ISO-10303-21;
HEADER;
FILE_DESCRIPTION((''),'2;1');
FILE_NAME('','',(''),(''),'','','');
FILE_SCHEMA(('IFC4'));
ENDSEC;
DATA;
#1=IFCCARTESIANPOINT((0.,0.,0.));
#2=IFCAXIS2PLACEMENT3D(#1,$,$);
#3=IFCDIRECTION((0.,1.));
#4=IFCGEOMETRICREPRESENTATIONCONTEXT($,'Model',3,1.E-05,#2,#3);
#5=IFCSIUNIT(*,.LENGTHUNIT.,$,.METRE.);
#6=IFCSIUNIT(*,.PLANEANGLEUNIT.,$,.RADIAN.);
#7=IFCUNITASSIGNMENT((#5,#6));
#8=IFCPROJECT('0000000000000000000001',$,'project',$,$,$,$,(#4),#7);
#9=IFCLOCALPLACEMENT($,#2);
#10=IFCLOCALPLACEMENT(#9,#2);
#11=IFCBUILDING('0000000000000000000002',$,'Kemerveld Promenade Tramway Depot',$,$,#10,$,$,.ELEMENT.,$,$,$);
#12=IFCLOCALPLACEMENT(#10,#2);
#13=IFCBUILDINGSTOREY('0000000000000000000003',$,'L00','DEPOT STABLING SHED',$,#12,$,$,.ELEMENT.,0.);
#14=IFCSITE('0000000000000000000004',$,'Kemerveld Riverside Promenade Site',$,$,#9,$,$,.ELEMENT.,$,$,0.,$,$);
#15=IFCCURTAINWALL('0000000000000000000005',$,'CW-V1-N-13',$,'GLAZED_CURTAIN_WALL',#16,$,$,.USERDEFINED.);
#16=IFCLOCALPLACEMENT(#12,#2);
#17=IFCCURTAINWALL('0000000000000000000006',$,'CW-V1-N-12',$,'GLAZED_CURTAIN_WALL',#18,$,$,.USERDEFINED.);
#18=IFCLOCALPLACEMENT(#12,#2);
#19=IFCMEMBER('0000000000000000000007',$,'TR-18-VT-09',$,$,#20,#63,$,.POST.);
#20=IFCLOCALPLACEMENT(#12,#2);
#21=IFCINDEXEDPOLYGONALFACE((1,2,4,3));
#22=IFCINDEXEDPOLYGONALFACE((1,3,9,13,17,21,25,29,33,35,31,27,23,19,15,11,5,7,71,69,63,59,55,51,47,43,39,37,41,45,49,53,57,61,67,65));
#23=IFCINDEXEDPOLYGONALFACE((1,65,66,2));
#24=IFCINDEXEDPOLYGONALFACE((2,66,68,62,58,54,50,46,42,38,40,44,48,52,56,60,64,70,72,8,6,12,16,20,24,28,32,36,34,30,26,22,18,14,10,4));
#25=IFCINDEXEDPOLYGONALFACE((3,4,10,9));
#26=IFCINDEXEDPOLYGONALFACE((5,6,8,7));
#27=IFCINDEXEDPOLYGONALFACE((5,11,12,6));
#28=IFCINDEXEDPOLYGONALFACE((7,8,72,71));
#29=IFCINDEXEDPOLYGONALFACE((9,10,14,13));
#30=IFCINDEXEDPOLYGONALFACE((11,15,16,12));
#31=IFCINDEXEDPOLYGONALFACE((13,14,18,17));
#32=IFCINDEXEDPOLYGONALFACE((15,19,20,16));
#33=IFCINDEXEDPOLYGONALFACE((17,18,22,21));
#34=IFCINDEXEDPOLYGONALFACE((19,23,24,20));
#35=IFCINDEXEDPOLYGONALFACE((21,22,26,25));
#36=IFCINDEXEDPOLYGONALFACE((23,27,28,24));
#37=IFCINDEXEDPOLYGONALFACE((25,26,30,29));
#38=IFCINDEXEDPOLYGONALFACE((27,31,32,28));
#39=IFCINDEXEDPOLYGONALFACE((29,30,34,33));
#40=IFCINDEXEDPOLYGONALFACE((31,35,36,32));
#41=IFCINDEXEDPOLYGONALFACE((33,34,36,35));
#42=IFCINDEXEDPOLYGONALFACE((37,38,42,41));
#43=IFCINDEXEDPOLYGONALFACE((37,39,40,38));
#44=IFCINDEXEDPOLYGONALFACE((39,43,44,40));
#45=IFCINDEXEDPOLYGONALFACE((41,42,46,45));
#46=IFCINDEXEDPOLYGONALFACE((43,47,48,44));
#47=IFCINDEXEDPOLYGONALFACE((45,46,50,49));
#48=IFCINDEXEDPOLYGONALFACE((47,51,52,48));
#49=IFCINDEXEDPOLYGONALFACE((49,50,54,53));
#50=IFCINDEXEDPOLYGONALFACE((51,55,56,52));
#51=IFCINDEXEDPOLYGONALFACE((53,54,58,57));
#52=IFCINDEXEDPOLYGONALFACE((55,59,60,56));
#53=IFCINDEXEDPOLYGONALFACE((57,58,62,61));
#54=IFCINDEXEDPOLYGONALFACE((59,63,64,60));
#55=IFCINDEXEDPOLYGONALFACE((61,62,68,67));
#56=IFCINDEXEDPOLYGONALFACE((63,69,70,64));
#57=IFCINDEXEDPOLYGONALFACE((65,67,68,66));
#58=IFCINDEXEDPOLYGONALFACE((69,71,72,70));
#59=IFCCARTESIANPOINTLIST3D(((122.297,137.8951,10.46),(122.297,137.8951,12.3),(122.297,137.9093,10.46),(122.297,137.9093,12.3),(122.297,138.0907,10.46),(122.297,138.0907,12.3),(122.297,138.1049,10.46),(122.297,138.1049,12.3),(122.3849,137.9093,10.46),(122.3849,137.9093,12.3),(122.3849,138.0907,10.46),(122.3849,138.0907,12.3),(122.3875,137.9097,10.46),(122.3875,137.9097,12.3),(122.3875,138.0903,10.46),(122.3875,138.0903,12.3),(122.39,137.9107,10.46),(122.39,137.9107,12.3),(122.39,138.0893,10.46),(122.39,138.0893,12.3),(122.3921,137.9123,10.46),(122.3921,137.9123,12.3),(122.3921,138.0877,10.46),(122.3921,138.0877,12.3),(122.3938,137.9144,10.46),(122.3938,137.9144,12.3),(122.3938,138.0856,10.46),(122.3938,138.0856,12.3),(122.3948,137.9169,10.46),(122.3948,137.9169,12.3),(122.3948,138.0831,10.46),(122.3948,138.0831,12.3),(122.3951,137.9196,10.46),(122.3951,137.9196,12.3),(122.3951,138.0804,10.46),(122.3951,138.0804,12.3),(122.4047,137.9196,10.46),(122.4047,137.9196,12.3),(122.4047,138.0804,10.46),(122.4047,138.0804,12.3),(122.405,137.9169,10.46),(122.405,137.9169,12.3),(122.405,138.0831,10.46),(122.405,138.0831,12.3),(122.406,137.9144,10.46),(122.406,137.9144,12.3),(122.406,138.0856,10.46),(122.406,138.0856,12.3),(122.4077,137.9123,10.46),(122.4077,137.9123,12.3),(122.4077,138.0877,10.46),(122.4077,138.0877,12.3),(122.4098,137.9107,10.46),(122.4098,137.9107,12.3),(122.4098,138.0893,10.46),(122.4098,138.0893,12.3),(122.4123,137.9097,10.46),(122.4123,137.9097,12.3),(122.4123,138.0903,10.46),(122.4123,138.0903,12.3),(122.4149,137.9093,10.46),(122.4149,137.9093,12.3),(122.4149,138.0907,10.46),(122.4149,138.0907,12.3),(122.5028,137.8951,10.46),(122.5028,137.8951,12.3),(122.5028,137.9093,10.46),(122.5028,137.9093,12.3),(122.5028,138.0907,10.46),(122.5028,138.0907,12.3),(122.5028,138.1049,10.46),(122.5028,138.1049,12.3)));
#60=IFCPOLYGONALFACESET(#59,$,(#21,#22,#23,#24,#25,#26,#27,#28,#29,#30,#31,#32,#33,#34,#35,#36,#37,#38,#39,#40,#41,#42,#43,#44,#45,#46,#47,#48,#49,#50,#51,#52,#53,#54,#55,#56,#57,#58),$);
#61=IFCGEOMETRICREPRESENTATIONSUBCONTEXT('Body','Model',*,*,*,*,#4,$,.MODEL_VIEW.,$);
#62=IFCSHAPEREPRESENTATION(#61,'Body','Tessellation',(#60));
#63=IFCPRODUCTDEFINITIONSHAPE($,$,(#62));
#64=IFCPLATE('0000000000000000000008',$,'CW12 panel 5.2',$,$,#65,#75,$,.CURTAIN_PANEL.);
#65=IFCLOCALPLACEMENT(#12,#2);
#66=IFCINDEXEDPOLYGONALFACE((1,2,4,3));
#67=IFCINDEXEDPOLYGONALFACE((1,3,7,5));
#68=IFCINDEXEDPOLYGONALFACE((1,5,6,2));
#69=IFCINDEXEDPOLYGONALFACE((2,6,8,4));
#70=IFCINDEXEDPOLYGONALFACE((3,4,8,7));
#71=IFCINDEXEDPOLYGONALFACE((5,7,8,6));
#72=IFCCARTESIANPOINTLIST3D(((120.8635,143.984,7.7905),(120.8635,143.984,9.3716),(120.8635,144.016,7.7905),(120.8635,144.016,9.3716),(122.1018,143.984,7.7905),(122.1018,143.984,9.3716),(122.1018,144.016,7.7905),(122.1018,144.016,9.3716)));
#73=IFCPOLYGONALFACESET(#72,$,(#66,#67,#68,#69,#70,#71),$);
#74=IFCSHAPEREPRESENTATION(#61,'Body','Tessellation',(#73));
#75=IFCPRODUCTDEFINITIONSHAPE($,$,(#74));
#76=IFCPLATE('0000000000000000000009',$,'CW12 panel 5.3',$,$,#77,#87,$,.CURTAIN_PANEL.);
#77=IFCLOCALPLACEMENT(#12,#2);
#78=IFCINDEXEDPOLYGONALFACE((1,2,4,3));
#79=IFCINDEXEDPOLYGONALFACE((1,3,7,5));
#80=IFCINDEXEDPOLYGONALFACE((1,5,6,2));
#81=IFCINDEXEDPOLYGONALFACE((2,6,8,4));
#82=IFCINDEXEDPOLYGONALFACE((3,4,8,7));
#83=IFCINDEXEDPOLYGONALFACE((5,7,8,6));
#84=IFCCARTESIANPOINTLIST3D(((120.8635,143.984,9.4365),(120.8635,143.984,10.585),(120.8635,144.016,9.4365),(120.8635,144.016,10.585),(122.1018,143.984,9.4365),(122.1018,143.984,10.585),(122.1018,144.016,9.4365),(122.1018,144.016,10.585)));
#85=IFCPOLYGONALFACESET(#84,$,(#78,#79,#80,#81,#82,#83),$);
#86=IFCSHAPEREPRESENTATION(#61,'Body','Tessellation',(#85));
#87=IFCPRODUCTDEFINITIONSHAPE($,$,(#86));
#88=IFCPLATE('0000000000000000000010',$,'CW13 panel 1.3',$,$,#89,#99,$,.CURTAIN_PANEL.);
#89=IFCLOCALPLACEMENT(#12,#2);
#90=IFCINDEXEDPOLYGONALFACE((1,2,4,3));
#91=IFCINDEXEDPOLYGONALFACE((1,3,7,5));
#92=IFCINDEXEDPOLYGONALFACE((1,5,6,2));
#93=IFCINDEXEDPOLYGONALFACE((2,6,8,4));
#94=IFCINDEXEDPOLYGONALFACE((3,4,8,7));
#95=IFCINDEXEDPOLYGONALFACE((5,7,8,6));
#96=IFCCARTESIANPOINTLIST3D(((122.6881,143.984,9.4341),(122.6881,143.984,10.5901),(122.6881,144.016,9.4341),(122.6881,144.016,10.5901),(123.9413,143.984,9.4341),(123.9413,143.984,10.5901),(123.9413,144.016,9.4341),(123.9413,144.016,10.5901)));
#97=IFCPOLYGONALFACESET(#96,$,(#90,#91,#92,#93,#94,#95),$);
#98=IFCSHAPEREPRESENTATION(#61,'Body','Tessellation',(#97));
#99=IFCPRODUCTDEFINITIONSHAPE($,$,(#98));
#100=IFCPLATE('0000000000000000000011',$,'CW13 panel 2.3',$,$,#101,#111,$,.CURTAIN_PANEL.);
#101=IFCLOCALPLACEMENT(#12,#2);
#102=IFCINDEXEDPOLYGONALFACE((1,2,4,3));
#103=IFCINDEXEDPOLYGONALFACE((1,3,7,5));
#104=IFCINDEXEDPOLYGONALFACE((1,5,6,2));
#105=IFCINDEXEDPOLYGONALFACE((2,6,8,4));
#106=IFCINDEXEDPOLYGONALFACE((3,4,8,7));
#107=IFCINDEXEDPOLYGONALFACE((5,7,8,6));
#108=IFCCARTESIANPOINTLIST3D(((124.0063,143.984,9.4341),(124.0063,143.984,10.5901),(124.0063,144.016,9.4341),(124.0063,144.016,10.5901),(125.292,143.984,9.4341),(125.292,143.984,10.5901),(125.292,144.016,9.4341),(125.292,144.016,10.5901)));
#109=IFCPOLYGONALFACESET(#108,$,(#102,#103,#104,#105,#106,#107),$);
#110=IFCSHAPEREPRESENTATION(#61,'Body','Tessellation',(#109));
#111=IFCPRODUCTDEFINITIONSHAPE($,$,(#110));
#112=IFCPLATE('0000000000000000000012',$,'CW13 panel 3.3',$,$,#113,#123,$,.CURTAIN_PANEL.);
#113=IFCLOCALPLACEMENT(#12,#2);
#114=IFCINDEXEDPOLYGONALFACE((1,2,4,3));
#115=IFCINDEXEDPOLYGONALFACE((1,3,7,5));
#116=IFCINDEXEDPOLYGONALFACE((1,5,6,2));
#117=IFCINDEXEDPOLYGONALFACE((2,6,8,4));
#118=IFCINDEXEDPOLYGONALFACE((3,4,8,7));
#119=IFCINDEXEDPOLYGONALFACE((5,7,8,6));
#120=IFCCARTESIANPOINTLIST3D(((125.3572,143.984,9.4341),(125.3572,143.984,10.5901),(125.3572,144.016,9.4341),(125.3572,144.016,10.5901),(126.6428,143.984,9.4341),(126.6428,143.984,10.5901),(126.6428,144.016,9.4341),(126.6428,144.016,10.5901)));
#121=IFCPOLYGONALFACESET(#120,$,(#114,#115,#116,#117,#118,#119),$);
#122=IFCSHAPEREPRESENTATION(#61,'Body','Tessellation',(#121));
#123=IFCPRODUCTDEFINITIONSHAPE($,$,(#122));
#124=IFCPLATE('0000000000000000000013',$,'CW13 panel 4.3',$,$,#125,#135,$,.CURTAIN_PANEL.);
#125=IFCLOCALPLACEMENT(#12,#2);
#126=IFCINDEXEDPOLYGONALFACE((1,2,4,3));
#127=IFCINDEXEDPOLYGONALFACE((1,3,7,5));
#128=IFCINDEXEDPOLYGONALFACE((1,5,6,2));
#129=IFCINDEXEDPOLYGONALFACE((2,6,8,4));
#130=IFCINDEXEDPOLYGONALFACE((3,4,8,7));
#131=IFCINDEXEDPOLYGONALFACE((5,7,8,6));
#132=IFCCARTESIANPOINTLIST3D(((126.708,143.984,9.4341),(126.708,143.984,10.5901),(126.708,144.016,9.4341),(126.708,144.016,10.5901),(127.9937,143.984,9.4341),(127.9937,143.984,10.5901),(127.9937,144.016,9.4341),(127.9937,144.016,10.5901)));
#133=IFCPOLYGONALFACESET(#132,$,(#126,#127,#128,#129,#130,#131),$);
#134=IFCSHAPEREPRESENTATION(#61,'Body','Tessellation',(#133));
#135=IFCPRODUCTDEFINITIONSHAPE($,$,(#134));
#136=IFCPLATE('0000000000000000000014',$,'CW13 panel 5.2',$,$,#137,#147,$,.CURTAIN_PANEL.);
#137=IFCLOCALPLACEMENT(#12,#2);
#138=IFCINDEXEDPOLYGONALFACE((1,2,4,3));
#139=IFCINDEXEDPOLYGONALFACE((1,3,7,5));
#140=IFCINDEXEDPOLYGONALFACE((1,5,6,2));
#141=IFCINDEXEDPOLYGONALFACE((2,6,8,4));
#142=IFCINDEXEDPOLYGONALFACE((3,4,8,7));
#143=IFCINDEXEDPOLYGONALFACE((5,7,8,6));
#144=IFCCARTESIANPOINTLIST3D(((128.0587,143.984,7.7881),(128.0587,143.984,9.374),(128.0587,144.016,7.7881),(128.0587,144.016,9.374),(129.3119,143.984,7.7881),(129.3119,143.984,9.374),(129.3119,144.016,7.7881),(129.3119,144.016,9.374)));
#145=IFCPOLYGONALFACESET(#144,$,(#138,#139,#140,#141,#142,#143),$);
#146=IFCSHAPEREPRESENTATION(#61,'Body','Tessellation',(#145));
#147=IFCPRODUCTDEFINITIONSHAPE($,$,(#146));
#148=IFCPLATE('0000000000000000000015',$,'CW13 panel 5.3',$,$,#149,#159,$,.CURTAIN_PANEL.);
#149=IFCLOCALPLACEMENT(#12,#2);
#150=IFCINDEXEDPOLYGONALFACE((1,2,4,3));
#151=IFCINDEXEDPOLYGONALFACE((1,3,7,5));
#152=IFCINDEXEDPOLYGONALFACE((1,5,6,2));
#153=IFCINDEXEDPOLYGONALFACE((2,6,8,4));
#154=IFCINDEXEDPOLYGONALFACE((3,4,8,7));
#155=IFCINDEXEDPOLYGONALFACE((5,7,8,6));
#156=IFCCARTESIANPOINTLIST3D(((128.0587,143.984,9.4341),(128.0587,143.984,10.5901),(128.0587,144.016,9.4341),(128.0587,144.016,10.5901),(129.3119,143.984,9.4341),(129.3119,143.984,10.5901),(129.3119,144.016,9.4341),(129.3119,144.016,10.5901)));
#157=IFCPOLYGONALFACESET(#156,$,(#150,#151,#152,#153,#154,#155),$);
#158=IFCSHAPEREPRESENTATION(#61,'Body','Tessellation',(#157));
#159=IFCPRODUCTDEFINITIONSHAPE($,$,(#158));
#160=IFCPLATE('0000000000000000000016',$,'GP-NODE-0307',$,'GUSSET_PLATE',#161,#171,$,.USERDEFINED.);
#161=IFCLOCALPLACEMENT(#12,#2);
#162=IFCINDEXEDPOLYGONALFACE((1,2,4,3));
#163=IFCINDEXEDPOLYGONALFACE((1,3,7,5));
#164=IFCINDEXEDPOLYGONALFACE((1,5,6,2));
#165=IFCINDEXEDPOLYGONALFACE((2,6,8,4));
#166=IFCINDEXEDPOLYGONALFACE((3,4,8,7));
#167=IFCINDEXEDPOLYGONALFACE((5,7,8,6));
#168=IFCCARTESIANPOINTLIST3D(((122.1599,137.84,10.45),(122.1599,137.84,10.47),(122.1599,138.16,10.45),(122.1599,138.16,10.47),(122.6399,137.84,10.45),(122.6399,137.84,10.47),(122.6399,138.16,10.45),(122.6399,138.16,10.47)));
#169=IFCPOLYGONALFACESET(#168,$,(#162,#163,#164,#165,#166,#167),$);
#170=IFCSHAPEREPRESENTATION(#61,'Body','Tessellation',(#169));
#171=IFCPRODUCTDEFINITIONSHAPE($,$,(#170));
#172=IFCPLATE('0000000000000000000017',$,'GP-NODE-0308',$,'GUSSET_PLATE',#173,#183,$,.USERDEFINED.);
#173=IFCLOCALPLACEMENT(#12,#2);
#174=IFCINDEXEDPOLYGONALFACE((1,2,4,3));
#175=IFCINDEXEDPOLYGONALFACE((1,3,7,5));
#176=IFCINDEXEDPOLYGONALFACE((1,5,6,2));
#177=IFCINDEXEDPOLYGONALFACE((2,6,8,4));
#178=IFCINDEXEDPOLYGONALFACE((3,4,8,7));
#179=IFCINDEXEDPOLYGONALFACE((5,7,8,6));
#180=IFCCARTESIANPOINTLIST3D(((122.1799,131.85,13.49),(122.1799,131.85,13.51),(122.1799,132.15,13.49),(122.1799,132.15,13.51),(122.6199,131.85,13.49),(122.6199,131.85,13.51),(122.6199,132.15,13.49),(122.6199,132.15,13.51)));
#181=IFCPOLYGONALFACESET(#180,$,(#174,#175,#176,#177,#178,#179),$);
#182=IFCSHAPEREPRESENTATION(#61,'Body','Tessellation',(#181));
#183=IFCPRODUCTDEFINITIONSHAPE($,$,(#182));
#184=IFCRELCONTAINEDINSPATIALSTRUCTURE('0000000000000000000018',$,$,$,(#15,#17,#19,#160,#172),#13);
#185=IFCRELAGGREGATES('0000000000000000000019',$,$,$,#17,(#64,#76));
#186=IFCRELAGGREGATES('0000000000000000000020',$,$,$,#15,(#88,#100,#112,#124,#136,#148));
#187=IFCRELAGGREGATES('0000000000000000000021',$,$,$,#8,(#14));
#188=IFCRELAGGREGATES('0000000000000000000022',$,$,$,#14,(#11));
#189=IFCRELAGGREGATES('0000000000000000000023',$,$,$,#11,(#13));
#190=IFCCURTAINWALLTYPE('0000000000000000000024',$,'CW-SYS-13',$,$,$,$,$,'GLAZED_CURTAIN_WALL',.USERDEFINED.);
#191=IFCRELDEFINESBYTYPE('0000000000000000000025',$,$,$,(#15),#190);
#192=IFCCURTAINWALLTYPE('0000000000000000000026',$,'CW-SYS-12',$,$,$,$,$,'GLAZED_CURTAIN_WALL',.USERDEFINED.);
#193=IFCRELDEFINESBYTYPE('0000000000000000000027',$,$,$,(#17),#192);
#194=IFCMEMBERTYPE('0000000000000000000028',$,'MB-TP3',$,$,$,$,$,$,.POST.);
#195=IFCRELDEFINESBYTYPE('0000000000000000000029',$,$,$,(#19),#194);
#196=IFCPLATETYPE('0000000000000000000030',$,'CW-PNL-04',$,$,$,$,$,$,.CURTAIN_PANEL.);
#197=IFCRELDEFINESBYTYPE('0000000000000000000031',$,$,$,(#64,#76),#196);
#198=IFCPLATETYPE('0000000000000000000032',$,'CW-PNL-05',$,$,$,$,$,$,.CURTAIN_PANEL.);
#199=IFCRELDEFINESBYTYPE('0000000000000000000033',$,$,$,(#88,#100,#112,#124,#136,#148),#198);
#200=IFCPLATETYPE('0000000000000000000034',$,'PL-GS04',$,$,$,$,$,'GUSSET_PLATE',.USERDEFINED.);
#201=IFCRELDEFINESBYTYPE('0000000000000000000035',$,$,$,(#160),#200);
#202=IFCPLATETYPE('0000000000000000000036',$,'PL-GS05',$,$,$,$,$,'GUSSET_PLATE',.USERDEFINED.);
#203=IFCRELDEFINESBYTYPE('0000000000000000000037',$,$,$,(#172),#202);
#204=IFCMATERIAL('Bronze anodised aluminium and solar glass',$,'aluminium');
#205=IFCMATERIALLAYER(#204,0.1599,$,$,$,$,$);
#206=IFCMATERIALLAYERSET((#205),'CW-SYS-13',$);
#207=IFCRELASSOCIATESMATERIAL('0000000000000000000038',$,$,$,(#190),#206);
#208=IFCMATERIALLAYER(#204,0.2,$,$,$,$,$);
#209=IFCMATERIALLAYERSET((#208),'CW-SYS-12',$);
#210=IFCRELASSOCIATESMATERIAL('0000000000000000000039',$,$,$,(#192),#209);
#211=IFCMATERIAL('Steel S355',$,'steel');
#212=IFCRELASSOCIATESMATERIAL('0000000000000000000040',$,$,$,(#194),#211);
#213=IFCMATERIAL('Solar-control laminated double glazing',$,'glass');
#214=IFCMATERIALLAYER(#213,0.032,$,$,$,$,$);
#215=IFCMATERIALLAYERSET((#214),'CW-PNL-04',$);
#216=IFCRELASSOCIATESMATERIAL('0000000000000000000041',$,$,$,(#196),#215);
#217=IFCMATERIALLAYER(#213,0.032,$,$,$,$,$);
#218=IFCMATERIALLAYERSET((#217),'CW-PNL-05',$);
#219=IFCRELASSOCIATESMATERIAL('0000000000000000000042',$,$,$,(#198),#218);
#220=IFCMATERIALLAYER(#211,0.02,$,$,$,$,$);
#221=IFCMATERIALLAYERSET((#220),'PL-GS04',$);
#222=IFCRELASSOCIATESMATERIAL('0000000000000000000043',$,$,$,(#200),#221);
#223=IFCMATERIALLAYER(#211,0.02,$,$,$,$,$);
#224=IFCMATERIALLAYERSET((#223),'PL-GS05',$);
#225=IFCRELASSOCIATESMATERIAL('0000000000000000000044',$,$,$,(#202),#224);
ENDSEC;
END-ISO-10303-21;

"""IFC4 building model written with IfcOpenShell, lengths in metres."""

from ifc_helpers import new_model, si_unit, direction, frame, origin, origin_2d, place, context, subcontext, project, spatial, rectangle, i_section, extrude, material, layer, layer_set, material_profile, profile_set, type_object, element, aggregate, save


model = new_model("IFC4")

# Units and contexts
model_context = context("Model", 3, precision=1e-05, world=origin(), true_north=direction((0.0, 1.0)))
body_context = subcontext(model_context, "Body", "Model", "MODEL_VIEW")
ifc_project = project(units=[si_unit("LENGTHUNIT", "METRE"), si_unit("PLANEANGLEUNIT", "RADIAN")], contexts=[model_context])

# Site, building, storey
site_placement = place(None, origin())
site = spatial("IfcSite", under=ifc_project, at=site_placement, Name="Kemerveld Riverside Promenade Site", CompositionType="ELEMENT", RefElevation=0.0)
building_placement = place(site_placement, origin())
building = spatial("IfcBuilding", under=site, at=building_placement, Name="Kemerveld Promenade Tramway Depot", CompositionType="ELEMENT")
storey_placement = place(building_placement, origin())
storey = spatial("IfcBuildingStorey", under=building, at=storey_placement, Name="L00", Description="DEPOT STABLING SHED", CompositionType="ELEMENT", Elevation=0.0)

# Shared definitions
ifc_material_1 = material(Name="Steel S355", Category="steel")

# Curtain wall
ifc_material_2 = material(Name="Bronze anodised aluminium and solar glass", Category="aluminium")
ifc_layer_1 = layer(ifc_material_2, 0.1599)
ifc_layer_set_1 = layer_set([ifc_layer_1], Name="CW-SYS-13")
curtain_wall_type_1 = type_object("IfcCurtainWallType", Name="CW-SYS-13", ElementType="GLAZED_CURTAIN_WALL", PredefinedType="USERDEFINED", material=ifc_layer_set_1)
curtain_wall_1_placement = place(storey_placement, origin())
curtain_wall_1 = element("IfcCurtainWall", 1, at=curtain_wall_1_placement, inside=storey, type_object=curtain_wall_type_1, Name="CW-V1-N-13", ObjectType="GLAZED_CURTAIN_WALL", PredefinedType="USERDEFINED")

# Curtain wall
ifc_layer_2 = layer(ifc_material_2, 0.2)
ifc_layer_set_2 = layer_set([ifc_layer_2], Name="CW-SYS-12")
curtain_wall_type_2 = type_object("IfcCurtainWallType", Name="CW-SYS-12", ElementType="GLAZED_CURTAIN_WALL", PredefinedType="USERDEFINED", material=ifc_layer_set_2)
curtain_wall_2_placement = place(storey_placement, origin())
curtain_wall_2 = element("IfcCurtainWall", 2, at=curtain_wall_2_placement, inside=storey, type_object=curtain_wall_type_2, Name="CW-V1-N-12", ObjectType="GLAZED_CURTAIN_WALL", PredefinedType="USERDEFINED")

# Member
ifc_material_profile_1 = material_profile(ifc_material_1, i_section(OverallWidth=0.2058, OverallDepth=0.2097, WebThickness=0.0095, FlangeThickness=0.0142, FilletRadius=0.0103, at=origin_2d()), Name="203x203x60 UC")
ifc_profile_set_1 = profile_set([ifc_material_profile_1], Name="Steel S355")
member_type_1 = type_object("IfcMemberType", Name="MB-TP3", PredefinedType="POST", material=ifc_profile_set_1)
member_1_placement = place(storey_placement, frame((122.3999, 138.0, 10.46), z_axis=(0.0, 0.0, 1.0), x_axis=(1.0, 0.0, 0.0)))
element("IfcMember", 3, at=member_1_placement, inside=storey, type_object=member_type_1, Name="TR-18-VT-09", PredefinedType="POST", context=body_context, shape_type="SweptSolid", body=[
    extrude(i_section(OverallWidth=0.2058, OverallDepth=0.2097, WebThickness=0.0095, FlangeThickness=0.0142, FilletRadius=0.0103, at=origin_2d()), origin(), (0.0, 0.0, 1.0), 1.8401),
])

# Plates
ifc_material_3 = material(Name="Solar-control laminated double glazing", Category="glass")
ifc_layer_3 = layer(ifc_material_3, 0.032)
ifc_layer_set_3 = layer_set([ifc_layer_3], Name="CW-PNL-04")
plate_type_1 = type_object("IfcPlateType", Name="CW-PNL-04", PredefinedType="CURTAIN_PANEL", material=ifc_layer_set_3)
plate_1_placement = place(storey_placement, frame((121.4827, 144.0, 7.7905), z_axis=(0.0, 0.0, 1.0), x_axis=(1.0, 0.0, 0.0)))
plate_1 = element("IfcPlate", 4, at=plate_1_placement, type_object=plate_type_1, Name="CW12 panel 5.2", PredefinedType="CURTAIN_PANEL", context=body_context, shape_type="SweptSolid", body=[
    extrude(rectangle(XDim=1.2383, YDim=0.032, at=origin_2d()), origin(), (0.0, 0.0, 1.0), 1.5811),
])
plate_2_placement = place(storey_placement, frame((121.4827, 144.0, 9.4365), z_axis=(0.0, 0.0, 1.0), x_axis=(1.0, 0.0, 0.0)))
plate_2 = element("IfcPlate", 5, at=plate_2_placement, type_object=plate_type_1, Name="CW12 panel 5.3", PredefinedType="CURTAIN_PANEL", context=body_context, shape_type="SweptSolid", body=[
    extrude(rectangle(XDim=1.2383, YDim=0.032, at=origin_2d()), origin(), (0.0, 0.0, 1.0), 1.1484),
])
aggregate(curtain_wall_2, [plate_1, plate_2])
ifc_layer_4 = layer(ifc_material_3, 0.032)
ifc_layer_set_4 = layer_set([ifc_layer_4], Name="CW-PNL-05")
plate_type_2 = type_object("IfcPlateType", Name="CW-PNL-05", PredefinedType="CURTAIN_PANEL", material=ifc_layer_set_4)
plate_3_placement = place(storey_placement, frame((123.3147, 144.0, 9.4341), z_axis=(0.0, 0.0, 1.0), x_axis=(1.0, 0.0, 0.0)))
plate_3 = element("IfcPlate", 6, at=plate_3_placement, type_object=plate_type_2, Name="CW13 panel 1.3", PredefinedType="CURTAIN_PANEL", context=body_context, shape_type="SweptSolid", body=[
    extrude(rectangle(XDim=1.2532, YDim=0.032, at=origin_2d()), origin(), (0.0, 0.0, 1.0), 1.156),
])
plate_4_placement = place(storey_placement, frame((124.6492, 144.0, 9.4341), z_axis=(0.0, 0.0, 1.0), x_axis=(1.0, 0.0, 0.0)))
plate_4 = element("IfcPlate", 7, at=plate_4_placement, type_object=plate_type_2, Name="CW13 panel 2.3", PredefinedType="CURTAIN_PANEL", context=body_context, shape_type="SweptSolid", body=[
    extrude(rectangle(XDim=1.2856, YDim=0.032, at=origin_2d()), origin(), (0.0, 0.0, 1.0), 1.156),
])
plate_5_placement = place(storey_placement, frame((126.0, 144.0, 9.4341), z_axis=(0.0, 0.0, 1.0), x_axis=(1.0, 0.0, 0.0)))
plate_5 = element("IfcPlate", 8, at=plate_5_placement, type_object=plate_type_2, Name="CW13 panel 3.3", PredefinedType="CURTAIN_PANEL", context=body_context, shape_type="SweptSolid", body=[
    extrude(rectangle(XDim=1.2856, YDim=0.032, at=origin_2d()), origin(), (0.0, 0.0, 1.0), 1.156),
])
plate_6_placement = place(storey_placement, frame((127.3508, 144.0, 9.4341), z_axis=(0.0, 0.0, 1.0), x_axis=(1.0, 0.0, 0.0)))
plate_6 = element("IfcPlate", 9, at=plate_6_placement, type_object=plate_type_2, Name="CW13 panel 4.3", PredefinedType="CURTAIN_PANEL", context=body_context, shape_type="SweptSolid", body=[
    extrude(rectangle(XDim=1.2856, YDim=0.032, at=origin_2d()), origin(), (0.0, 0.0, 1.0), 1.156),
])
plate_7_placement = place(storey_placement, frame((128.6853, 144.0, 7.7881), z_axis=(0.0, 0.0, 1.0), x_axis=(1.0, 0.0, 0.0)))
plate_7 = element("IfcPlate", 10, at=plate_7_placement, type_object=plate_type_2, Name="CW13 panel 5.2", PredefinedType="CURTAIN_PANEL", context=body_context, shape_type="SweptSolid", body=[
    extrude(rectangle(XDim=1.2532, YDim=0.032, at=origin_2d()), origin(), (0.0, 0.0, 1.0), 1.5859),
])
plate_8_placement = place(storey_placement, frame((128.6853, 144.0, 9.4341), z_axis=(0.0, 0.0, 1.0), x_axis=(1.0, 0.0, 0.0)))
plate_8 = element("IfcPlate", 11, at=plate_8_placement, type_object=plate_type_2, Name="CW13 panel 5.3", PredefinedType="CURTAIN_PANEL", context=body_context, shape_type="SweptSolid", body=[
    extrude(rectangle(XDim=1.2532, YDim=0.032, at=origin_2d()), origin(), (0.0, 0.0, 1.0), 1.156),
])
aggregate(curtain_wall_1, [plate_3, plate_4, plate_5, plate_6, plate_7, plate_8])

# Plates
ifc_layer_5 = layer(ifc_material_1, 0.02)
ifc_layer_set_5 = layer_set([ifc_layer_5], Name="PL-GS04")
plate_type_3 = type_object("IfcPlateType", Name="PL-GS04", ElementType="GUSSET_PLATE", PredefinedType="USERDEFINED", material=ifc_layer_set_5)
plate_9_placement = place(storey_placement, frame((122.3999, 138.0, 10.45), z_axis=(0.0, 0.0, 1.0), x_axis=(1.0, 0.0, 0.0)))
element("IfcPlate", 12, at=plate_9_placement, inside=storey, type_object=plate_type_3, Name="GP-NODE-0307", ObjectType="GUSSET_PLATE", PredefinedType="USERDEFINED", context=body_context, shape_type="SweptSolid", body=[
    extrude(rectangle(XDim=0.48, YDim=0.3201, at=origin_2d()), origin(), (0.0, 0.0, 1.0), 0.02),
])
ifc_layer_6 = layer(ifc_material_1, 0.02)
ifc_layer_set_6 = layer_set([ifc_layer_6], Name="PL-GS05")
plate_type_4 = type_object("IfcPlateType", Name="PL-GS05", ElementType="GUSSET_PLATE", PredefinedType="USERDEFINED", material=ifc_layer_set_6)
plate_10_placement = place(storey_placement, frame((122.3999, 132.0, 13.49), z_axis=(0.0, 0.0, 1.0), x_axis=(1.0, 0.0, 0.0)))
element("IfcPlate", 13, at=plate_10_placement, inside=storey, type_object=plate_type_4, Name="GP-NODE-0308", ObjectType="GUSSET_PLATE", PredefinedType="USERDEFINED", context=body_context, shape_type="SweptSolid", body=[
    extrude(rectangle(XDim=0.4399, YDim=0.3, at=origin_2d()), origin(), (0.0, 0.0, 1.0), 0.02),
])

save(model, "model.ifc")
